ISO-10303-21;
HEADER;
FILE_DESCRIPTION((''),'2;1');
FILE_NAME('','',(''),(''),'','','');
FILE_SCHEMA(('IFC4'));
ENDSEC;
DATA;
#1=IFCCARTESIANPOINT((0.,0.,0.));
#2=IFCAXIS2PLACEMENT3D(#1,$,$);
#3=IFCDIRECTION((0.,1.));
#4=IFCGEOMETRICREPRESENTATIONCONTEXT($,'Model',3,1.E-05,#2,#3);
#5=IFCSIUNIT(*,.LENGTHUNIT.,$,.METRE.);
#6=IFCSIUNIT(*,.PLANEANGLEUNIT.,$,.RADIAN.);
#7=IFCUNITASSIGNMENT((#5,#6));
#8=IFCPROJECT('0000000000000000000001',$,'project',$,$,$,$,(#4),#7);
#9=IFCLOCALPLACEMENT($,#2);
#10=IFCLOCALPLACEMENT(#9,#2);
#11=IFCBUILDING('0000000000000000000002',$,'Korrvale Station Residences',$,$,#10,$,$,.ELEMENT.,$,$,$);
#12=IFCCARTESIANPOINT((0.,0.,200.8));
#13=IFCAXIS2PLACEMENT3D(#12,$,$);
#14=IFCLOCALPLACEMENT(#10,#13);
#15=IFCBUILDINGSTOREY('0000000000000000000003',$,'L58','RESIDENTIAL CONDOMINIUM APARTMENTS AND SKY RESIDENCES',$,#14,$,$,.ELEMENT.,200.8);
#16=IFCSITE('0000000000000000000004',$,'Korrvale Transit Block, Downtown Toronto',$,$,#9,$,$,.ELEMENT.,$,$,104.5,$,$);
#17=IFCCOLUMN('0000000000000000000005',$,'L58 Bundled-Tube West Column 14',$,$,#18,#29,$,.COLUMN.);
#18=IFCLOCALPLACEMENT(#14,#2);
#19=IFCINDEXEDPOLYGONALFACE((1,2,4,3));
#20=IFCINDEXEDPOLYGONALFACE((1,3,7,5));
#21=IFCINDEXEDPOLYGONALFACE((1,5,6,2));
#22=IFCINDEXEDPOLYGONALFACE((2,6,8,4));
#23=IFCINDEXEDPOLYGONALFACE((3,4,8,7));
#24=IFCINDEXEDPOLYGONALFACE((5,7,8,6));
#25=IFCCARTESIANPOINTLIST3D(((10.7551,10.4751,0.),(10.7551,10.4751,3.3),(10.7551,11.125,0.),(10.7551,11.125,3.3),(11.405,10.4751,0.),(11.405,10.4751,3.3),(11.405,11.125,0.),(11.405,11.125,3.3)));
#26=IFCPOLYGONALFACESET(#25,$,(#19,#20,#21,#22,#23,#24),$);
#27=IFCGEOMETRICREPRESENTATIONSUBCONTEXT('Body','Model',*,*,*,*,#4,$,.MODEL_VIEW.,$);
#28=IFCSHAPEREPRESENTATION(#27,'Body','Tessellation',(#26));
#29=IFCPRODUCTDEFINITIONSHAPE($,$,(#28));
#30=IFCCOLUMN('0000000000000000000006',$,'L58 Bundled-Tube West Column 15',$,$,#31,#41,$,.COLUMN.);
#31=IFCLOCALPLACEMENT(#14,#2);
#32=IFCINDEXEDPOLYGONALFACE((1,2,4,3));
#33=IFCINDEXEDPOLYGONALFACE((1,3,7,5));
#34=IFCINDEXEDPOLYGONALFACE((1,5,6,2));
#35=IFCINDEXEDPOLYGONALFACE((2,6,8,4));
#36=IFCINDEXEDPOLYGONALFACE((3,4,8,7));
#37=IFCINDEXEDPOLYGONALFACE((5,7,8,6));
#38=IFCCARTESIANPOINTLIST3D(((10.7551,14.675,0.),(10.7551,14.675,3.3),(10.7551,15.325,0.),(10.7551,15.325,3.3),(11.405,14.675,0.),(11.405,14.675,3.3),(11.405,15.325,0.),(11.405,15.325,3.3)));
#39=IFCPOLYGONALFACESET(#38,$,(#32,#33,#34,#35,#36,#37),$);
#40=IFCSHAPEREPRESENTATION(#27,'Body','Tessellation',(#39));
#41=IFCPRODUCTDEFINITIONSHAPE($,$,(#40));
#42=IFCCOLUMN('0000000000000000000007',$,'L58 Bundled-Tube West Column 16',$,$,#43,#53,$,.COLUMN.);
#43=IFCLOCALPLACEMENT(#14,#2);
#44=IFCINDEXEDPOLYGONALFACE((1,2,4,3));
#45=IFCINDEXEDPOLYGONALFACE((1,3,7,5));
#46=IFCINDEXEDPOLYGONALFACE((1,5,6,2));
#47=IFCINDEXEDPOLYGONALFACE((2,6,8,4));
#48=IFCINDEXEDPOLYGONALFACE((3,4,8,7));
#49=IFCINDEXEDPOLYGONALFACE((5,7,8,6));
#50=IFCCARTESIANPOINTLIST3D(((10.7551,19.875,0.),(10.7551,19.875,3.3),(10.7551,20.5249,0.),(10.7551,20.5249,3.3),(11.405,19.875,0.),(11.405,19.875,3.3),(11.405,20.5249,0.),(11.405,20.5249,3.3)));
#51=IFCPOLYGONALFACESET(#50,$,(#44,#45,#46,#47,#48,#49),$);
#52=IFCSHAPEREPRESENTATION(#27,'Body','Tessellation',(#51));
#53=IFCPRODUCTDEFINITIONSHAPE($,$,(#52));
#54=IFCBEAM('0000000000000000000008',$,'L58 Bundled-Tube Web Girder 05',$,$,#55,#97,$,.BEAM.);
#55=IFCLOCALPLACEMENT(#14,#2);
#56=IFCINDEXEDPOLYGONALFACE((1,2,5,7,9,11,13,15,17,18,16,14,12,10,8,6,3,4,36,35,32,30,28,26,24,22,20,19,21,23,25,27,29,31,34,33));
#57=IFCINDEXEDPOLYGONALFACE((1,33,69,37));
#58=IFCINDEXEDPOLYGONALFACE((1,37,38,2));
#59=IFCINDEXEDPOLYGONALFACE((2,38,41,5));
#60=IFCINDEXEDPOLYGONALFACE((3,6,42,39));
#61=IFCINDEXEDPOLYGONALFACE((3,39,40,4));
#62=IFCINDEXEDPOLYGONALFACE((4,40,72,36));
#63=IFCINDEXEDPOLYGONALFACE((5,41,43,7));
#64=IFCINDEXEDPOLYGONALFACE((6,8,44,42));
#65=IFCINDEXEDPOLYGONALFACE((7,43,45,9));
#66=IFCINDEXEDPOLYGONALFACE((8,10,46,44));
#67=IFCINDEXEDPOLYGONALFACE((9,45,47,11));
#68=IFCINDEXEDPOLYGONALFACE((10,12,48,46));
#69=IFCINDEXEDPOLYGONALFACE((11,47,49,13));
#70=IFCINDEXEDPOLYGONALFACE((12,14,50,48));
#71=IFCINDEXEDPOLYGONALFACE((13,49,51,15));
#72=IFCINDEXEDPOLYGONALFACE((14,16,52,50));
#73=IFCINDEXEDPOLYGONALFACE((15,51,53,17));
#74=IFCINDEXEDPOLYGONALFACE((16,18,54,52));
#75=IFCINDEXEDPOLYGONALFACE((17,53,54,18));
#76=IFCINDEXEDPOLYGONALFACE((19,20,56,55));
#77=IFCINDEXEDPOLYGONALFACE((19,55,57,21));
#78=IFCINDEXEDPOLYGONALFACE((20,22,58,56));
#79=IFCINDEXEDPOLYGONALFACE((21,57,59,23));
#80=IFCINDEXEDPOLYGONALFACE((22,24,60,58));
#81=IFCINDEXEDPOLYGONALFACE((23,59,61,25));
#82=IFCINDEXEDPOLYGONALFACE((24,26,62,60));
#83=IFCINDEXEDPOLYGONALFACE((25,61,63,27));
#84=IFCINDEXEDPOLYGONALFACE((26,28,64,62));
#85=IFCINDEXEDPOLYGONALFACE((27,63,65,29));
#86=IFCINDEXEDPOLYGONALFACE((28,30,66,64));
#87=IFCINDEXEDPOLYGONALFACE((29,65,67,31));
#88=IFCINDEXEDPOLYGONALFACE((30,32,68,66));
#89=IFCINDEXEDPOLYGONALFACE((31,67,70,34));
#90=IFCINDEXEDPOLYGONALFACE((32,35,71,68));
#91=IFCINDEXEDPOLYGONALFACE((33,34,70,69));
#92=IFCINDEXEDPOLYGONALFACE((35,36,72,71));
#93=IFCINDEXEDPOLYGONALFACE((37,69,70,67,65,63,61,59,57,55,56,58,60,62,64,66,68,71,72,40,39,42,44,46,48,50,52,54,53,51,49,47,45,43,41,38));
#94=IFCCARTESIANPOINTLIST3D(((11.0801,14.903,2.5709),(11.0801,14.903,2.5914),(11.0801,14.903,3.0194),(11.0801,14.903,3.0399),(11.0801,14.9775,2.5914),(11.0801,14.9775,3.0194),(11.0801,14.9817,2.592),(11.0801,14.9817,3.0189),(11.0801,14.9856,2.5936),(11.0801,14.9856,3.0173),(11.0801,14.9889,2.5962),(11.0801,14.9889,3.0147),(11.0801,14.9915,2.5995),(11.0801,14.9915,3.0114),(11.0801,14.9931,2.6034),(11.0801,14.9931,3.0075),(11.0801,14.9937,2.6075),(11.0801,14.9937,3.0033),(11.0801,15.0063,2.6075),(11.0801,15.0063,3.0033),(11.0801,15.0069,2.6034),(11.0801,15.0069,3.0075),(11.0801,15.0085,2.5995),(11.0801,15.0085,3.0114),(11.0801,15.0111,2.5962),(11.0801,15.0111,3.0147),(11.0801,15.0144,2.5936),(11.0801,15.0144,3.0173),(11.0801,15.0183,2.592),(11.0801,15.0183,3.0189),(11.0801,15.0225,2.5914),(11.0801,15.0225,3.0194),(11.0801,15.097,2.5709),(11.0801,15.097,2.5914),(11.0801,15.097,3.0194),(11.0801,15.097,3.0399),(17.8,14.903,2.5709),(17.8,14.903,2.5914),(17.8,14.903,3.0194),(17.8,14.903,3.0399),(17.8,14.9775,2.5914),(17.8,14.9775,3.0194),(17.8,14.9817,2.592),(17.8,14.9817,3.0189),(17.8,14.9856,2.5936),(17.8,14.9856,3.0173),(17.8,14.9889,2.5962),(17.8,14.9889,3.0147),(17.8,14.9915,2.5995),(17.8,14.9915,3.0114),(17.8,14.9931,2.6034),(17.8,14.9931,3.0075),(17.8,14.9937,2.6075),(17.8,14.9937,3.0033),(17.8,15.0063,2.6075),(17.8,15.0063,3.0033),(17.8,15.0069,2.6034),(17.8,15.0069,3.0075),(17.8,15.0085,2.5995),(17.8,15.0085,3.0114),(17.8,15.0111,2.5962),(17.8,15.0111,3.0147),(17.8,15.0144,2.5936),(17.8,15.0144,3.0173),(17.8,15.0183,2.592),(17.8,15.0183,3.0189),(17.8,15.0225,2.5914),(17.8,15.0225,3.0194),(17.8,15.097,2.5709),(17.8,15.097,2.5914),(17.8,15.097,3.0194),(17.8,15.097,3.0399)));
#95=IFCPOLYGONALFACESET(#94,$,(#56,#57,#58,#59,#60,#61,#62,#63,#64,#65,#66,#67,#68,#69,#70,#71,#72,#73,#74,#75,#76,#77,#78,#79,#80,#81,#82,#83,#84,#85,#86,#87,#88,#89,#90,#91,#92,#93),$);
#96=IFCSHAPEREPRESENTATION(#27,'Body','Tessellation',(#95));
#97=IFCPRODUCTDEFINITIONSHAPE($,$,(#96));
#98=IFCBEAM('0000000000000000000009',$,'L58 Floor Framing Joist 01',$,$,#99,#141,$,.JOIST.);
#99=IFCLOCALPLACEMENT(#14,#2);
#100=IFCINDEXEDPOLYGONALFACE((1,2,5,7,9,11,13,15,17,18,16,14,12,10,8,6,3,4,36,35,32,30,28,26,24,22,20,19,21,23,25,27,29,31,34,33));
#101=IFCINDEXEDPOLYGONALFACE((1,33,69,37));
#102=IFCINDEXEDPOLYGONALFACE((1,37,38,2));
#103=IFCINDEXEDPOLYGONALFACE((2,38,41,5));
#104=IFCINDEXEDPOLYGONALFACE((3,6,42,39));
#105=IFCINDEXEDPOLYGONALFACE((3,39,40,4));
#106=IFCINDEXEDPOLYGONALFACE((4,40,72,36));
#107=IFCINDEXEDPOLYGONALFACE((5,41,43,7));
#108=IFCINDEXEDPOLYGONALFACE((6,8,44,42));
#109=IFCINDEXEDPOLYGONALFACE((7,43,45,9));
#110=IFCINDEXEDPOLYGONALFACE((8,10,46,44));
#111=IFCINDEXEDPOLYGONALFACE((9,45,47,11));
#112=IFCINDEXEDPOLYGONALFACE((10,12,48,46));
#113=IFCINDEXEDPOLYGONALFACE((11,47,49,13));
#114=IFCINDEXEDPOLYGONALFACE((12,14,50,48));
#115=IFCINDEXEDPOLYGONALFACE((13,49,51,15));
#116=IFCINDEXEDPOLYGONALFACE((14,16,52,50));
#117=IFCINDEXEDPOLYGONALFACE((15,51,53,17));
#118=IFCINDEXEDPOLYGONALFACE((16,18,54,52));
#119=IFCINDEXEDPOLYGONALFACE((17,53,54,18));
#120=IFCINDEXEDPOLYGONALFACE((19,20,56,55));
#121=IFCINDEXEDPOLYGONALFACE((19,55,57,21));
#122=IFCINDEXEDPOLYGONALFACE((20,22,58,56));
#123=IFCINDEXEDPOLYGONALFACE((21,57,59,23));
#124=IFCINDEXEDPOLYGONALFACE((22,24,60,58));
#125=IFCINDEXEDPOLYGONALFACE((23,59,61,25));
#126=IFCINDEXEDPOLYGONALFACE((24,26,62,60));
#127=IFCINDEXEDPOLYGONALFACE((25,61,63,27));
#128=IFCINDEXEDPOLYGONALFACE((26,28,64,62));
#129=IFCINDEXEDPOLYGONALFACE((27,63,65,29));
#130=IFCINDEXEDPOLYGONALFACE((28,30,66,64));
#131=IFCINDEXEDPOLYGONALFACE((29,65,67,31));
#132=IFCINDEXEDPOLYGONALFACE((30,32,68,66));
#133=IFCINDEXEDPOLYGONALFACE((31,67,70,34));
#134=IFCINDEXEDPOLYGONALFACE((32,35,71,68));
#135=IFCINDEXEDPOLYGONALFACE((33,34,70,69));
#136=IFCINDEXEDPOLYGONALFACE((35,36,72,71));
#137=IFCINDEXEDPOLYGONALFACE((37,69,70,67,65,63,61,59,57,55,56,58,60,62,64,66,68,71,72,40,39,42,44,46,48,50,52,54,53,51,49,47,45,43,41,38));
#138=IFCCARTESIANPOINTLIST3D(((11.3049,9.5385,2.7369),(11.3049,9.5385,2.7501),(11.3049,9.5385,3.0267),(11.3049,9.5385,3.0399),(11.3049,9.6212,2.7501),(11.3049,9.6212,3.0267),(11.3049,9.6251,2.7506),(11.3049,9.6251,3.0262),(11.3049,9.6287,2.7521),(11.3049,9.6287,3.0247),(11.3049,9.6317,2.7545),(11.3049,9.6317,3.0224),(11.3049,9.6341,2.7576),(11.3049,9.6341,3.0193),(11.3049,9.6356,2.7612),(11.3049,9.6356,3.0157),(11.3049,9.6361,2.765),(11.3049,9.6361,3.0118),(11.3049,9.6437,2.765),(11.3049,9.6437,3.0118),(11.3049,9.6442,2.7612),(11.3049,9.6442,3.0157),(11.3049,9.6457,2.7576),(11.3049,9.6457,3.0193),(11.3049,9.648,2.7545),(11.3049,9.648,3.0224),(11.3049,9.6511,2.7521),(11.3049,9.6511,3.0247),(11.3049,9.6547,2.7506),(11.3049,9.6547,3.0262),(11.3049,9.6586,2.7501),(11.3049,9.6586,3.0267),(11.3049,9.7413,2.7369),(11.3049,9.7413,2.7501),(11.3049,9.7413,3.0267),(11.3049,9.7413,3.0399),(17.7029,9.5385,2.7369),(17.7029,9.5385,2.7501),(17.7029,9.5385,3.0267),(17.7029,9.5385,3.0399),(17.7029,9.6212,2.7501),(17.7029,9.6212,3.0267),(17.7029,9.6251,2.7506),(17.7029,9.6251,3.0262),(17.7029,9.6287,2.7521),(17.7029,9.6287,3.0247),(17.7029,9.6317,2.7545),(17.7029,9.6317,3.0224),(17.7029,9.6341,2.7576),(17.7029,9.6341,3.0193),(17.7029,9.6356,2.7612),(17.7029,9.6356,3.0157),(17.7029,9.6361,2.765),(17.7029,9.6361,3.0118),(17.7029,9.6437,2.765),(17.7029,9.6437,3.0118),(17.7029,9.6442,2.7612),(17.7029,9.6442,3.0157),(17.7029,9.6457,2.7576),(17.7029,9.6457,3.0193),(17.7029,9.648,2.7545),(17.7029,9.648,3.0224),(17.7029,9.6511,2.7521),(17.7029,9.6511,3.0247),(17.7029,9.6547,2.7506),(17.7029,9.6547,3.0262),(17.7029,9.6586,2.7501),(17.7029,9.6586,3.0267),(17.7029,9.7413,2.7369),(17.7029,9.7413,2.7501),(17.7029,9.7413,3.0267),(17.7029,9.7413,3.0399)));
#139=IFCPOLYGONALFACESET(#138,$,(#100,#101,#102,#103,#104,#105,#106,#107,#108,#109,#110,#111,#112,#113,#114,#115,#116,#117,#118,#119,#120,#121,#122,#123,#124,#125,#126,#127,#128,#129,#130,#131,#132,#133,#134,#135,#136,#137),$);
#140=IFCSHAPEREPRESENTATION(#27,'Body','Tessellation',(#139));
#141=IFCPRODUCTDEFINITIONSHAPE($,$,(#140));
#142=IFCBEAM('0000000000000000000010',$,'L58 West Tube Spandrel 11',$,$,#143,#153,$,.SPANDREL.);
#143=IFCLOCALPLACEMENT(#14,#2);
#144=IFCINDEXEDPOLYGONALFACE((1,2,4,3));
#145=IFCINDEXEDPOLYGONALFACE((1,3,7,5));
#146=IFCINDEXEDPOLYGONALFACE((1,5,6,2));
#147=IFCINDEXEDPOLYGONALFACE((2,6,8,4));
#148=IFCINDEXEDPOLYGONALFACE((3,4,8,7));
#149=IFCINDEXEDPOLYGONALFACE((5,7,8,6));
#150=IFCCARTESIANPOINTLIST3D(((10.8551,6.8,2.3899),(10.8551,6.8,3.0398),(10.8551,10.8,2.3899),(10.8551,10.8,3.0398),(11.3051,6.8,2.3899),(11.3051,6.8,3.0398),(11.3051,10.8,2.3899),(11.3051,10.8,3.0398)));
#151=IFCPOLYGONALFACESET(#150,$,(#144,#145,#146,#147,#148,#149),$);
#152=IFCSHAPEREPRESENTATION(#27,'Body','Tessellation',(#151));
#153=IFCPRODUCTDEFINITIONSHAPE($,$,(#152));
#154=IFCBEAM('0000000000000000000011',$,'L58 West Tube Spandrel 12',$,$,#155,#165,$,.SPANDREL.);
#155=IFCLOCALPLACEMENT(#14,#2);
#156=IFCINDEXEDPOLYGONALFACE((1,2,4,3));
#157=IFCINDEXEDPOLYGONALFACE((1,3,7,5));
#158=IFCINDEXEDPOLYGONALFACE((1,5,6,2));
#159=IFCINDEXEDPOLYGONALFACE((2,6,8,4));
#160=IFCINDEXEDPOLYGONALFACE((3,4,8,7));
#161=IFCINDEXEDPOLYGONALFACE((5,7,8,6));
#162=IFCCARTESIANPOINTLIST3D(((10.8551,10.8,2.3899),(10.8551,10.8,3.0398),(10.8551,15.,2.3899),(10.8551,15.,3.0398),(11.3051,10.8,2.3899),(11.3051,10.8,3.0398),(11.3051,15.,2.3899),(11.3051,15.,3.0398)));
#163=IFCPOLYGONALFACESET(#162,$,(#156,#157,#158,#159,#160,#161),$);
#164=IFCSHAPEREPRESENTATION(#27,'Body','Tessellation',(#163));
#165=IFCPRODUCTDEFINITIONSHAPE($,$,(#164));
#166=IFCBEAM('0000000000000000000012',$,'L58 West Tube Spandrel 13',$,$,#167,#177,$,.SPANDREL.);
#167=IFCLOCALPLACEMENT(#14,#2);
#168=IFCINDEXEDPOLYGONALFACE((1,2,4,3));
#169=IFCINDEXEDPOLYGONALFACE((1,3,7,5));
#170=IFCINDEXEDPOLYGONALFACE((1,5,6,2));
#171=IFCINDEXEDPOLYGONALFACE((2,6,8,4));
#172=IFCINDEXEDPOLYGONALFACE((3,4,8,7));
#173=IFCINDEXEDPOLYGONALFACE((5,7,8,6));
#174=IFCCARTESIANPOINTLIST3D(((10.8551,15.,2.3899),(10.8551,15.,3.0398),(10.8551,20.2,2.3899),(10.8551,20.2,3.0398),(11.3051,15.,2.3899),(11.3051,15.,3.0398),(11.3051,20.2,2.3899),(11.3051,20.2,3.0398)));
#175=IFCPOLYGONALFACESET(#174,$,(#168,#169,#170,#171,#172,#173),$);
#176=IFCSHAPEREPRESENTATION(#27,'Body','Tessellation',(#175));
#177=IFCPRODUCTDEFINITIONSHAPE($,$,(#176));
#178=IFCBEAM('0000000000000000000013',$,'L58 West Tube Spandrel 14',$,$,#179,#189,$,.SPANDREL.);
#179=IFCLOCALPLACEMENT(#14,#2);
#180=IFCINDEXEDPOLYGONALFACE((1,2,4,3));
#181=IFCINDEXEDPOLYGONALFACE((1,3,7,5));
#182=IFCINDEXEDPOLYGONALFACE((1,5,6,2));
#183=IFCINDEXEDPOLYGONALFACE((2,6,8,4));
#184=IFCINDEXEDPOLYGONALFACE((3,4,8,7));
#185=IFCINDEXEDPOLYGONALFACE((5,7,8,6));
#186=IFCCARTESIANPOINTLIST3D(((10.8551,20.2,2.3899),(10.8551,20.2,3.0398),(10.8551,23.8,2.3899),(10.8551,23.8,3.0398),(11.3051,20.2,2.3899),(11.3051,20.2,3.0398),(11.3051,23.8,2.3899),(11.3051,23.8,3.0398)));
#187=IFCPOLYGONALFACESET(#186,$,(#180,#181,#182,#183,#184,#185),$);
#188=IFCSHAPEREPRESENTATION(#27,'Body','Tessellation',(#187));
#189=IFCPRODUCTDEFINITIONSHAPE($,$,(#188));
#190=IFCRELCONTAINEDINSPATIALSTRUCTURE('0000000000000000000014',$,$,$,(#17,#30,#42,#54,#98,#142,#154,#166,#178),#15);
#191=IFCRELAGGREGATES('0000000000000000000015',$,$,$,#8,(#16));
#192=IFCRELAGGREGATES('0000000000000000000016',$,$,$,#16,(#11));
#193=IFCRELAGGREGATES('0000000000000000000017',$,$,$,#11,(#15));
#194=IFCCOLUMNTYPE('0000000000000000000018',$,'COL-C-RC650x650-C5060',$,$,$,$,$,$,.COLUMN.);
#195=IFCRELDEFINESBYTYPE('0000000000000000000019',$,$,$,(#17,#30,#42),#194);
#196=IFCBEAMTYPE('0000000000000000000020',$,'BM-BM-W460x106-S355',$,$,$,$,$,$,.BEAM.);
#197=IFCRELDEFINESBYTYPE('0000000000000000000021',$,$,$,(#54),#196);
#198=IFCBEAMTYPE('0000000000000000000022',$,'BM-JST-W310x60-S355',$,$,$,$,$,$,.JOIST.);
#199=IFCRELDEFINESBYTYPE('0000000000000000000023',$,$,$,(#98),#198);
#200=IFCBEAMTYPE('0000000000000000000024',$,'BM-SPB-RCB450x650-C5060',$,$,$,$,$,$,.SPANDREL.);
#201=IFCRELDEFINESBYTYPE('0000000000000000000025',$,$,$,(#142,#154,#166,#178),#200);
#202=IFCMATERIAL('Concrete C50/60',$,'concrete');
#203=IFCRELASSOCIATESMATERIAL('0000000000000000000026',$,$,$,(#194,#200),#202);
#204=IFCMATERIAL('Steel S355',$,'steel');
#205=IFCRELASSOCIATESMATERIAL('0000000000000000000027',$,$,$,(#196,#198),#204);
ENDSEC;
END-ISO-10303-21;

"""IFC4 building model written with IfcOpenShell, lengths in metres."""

from ifc_helpers import new_model, si_unit, direction, frame, origin, origin_2d, place, context, subcontext, project, spatial, rectangle, i_section, extrude, material, material_profile, profile_set, type_object, element, save


model = new_model("IFC4")

# Units and contexts
model_context = context("Model", 3, precision=1e-05, world=origin(), true_north=direction((0.0, 1.0)))
body_context = subcontext(model_context, "Body", "Model", "MODEL_VIEW")
ifc_project = project(units=[si_unit("LENGTHUNIT", "METRE"), si_unit("PLANEANGLEUNIT", "RADIAN")], contexts=[model_context])

# Site, building, storey
site_placement = place(None, origin())
site = spatial("IfcSite", under=ifc_project, at=site_placement, Name="Korrvale Transit Block, Downtown Toronto", CompositionType="ELEMENT", RefElevation=104.5)
building_placement = place(site_placement, origin())
building = spatial("IfcBuilding", under=site, at=building_placement, Name="Korrvale Station Residences", CompositionType="ELEMENT")
storey_placement = place(building_placement, frame((0.0, 0.0, 200.8)))
storey = spatial("IfcBuildingStorey", under=building, at=storey_placement, Name="L58", Description="RESIDENTIAL CONDOMINIUM APARTMENTS AND SKY RESIDENCES", CompositionType="ELEMENT", Elevation=200.8)

# Columns
ifc_material_1 = material(Name="Concrete C50/60", Category="concrete")
ifc_material_profile_1 = material_profile(ifc_material_1, rectangle(XDim=0.6499, YDim=0.6499, at=origin_2d()), Name="RC650x650")
ifc_profile_set_1 = profile_set([ifc_material_profile_1], Name="Concrete C50/60")
column_type = type_object("IfcColumnType", Name="COL-C-RC650x650-C5060", PredefinedType="COLUMN", material=ifc_profile_set_1)
for number, where, z_axis, x_axis, name in (
    (1, (11.0801, 10.8, 0.0), (0.0, 0.0, 1.0), (1.0, 0.0, 0.0), "L58 Bundled-Tube West Column 14"),
    (2, (11.0801, 15.0, 0.0), (0.0, 0.0, 1.0), (1.0, 0.0, 0.0), "L58 Bundled-Tube West Column 15"),
    (3, (11.0801, 20.2, 0.0), (0.0, 0.0, 1.0), (1.0, 0.0, 0.0), "L58 Bundled-Tube West Column 16"),
):
    element("IfcColumn", number, at=place(storey_placement, frame(where, z_axis=z_axis, x_axis=x_axis)), inside=storey, type_object=column_type, Name=name, PredefinedType="COLUMN", context=body_context, shape_type="SweptSolid", body=[
        extrude(rectangle(XDim=0.6499, YDim=0.6499, at=origin_2d()), origin(), (0.0, 0.0, 1.0), 3.3),
    ])

# Beams
ifc_material_2 = material(Name="Steel S355", Category="steel")
ifc_material_profile_2 = material_profile(ifc_material_2, i_section(OverallWidth=0.1941, OverallDepth=0.469, WebThickness=0.0127, FlangeThickness=0.0205, FilletRadius=0.0161, at=origin_2d()), Name="W460x106")
ifc_profile_set_2 = profile_set([ifc_material_profile_2], Name="Steel S355")
beam_type_1 = type_object("IfcBeamType", Name="BM-BM-W460x106-S355", PredefinedType="BEAM", material=ifc_profile_set_2)
beam_1_placement = place(storey_placement, frame((11.0801, 15.0, 2.8054), z_axis=(1.0, 0.0, 0.0), x_axis=(0.0, 1.0, 0.0)))
element("IfcBeam", 4, at=beam_1_placement, inside=storey, type_object=beam_type_1, Name="L58 Bundled-Tube Web Girder 05", PredefinedType="BEAM", context=body_context, shape_type="SweptSolid", body=[
    extrude(i_section(OverallWidth=0.1941, OverallDepth=0.469, WebThickness=0.0127, FlangeThickness=0.0205, FilletRadius=0.0161, at=origin_2d()), origin(), (0.0, 0.0, 1.0), 6.72),
])
ifc_material_profile_3 = material_profile(ifc_material_2, i_section(OverallWidth=0.2029, OverallDepth=0.303, WebThickness=0.0076, FlangeThickness=0.0132, FilletRadius=0.0149, at=origin_2d()), Name="W310x60")
ifc_profile_set_3 = profile_set([ifc_material_profile_3], Name="Steel S355")
beam_type_2 = type_object("IfcBeamType", Name="BM-JST-W310x60-S355", PredefinedType="JOIST", material=ifc_profile_set_3)
beam_2_placement = place(storey_placement, frame((11.3049, 9.6399, 2.8884), z_axis=(1.0, 0.0, 0.0), x_axis=(0.0, 1.0, 0.0)))
element("IfcBeam", 5, at=beam_2_placement, inside=storey, type_object=beam_type_2, Name="L58 Floor Framing Joist 01", PredefinedType="JOIST", context=body_context, shape_type="SweptSolid", body=[
    extrude(i_section(OverallWidth=0.2029, OverallDepth=0.303, WebThickness=0.0076, FlangeThickness=0.0132, FilletRadius=0.0149, at=origin_2d()), origin(), (0.0, 0.0, 1.0), 6.3979),
])
ifc_material_profile_4 = material_profile(ifc_material_1, rectangle(XDim=0.45, YDim=0.6499, at=origin_2d()), Name="RCB450x650")
ifc_profile_set_4 = profile_set([ifc_material_profile_4], Name="Concrete C50/60")
beam_type_3 = type_object("IfcBeamType", Name="BM-SPB-RCB450x650-C5060", PredefinedType="SPANDREL", material=ifc_profile_set_4)
beam_3_placement = place(storey_placement, frame((11.0801, 6.8, 2.7148), z_axis=(0.0, 1.0, 0.0), x_axis=(-1.0, 0.0, 0.0)))
element("IfcBeam", 6, at=beam_3_placement, inside=storey, type_object=beam_type_3, Name="L58 West Tube Spandrel 11", PredefinedType="SPANDREL", context=body_context, shape_type="SweptSolid", body=[
    extrude(rectangle(XDim=0.45, YDim=0.6499, at=origin_2d()), origin(), (0.0, 0.0, 1.0), 4.0),
])
beam_4_placement = place(storey_placement, frame((11.0801, 10.8, 2.7148), z_axis=(0.0, 1.0, 0.0), x_axis=(-1.0, 0.0, 0.0)))
element("IfcBeam", 7, at=beam_4_placement, inside=storey, type_object=beam_type_3, Name="L58 West Tube Spandrel 12", PredefinedType="SPANDREL", context=body_context, shape_type="SweptSolid", body=[
    extrude(rectangle(XDim=0.45, YDim=0.6499, at=origin_2d()), origin(), (0.0, 0.0, 1.0), 4.2),
])
beam_5_placement = place(storey_placement, frame((11.0801, 15.0, 2.7148), z_axis=(0.0, 1.0, 0.0), x_axis=(-1.0, 0.0, 0.0)))
element("IfcBeam", 8, at=beam_5_placement, inside=storey, type_object=beam_type_3, Name="L58 West Tube Spandrel 13", PredefinedType="SPANDREL", context=body_context, shape_type="SweptSolid", body=[
    extrude(rectangle(XDim=0.45, YDim=0.6499, at=origin_2d()), origin(), (0.0, 0.0, 1.0), 5.2),
])
beam_6_placement = place(storey_placement, frame((11.0801, 20.2, 2.7148), z_axis=(0.0, 1.0, 0.0), x_axis=(-1.0, 0.0, 0.0)))
element("IfcBeam", 9, at=beam_6_placement, inside=storey, type_object=beam_type_3, Name="L58 West Tube Spandrel 14", PredefinedType="SPANDREL", context=body_context, shape_type="SweptSolid", body=[
    extrude(rectangle(XDim=0.45, YDim=0.6499, at=origin_2d()), origin(), (0.0, 0.0, 1.0), 3.6001),
])

save(model, "model.ifc")
